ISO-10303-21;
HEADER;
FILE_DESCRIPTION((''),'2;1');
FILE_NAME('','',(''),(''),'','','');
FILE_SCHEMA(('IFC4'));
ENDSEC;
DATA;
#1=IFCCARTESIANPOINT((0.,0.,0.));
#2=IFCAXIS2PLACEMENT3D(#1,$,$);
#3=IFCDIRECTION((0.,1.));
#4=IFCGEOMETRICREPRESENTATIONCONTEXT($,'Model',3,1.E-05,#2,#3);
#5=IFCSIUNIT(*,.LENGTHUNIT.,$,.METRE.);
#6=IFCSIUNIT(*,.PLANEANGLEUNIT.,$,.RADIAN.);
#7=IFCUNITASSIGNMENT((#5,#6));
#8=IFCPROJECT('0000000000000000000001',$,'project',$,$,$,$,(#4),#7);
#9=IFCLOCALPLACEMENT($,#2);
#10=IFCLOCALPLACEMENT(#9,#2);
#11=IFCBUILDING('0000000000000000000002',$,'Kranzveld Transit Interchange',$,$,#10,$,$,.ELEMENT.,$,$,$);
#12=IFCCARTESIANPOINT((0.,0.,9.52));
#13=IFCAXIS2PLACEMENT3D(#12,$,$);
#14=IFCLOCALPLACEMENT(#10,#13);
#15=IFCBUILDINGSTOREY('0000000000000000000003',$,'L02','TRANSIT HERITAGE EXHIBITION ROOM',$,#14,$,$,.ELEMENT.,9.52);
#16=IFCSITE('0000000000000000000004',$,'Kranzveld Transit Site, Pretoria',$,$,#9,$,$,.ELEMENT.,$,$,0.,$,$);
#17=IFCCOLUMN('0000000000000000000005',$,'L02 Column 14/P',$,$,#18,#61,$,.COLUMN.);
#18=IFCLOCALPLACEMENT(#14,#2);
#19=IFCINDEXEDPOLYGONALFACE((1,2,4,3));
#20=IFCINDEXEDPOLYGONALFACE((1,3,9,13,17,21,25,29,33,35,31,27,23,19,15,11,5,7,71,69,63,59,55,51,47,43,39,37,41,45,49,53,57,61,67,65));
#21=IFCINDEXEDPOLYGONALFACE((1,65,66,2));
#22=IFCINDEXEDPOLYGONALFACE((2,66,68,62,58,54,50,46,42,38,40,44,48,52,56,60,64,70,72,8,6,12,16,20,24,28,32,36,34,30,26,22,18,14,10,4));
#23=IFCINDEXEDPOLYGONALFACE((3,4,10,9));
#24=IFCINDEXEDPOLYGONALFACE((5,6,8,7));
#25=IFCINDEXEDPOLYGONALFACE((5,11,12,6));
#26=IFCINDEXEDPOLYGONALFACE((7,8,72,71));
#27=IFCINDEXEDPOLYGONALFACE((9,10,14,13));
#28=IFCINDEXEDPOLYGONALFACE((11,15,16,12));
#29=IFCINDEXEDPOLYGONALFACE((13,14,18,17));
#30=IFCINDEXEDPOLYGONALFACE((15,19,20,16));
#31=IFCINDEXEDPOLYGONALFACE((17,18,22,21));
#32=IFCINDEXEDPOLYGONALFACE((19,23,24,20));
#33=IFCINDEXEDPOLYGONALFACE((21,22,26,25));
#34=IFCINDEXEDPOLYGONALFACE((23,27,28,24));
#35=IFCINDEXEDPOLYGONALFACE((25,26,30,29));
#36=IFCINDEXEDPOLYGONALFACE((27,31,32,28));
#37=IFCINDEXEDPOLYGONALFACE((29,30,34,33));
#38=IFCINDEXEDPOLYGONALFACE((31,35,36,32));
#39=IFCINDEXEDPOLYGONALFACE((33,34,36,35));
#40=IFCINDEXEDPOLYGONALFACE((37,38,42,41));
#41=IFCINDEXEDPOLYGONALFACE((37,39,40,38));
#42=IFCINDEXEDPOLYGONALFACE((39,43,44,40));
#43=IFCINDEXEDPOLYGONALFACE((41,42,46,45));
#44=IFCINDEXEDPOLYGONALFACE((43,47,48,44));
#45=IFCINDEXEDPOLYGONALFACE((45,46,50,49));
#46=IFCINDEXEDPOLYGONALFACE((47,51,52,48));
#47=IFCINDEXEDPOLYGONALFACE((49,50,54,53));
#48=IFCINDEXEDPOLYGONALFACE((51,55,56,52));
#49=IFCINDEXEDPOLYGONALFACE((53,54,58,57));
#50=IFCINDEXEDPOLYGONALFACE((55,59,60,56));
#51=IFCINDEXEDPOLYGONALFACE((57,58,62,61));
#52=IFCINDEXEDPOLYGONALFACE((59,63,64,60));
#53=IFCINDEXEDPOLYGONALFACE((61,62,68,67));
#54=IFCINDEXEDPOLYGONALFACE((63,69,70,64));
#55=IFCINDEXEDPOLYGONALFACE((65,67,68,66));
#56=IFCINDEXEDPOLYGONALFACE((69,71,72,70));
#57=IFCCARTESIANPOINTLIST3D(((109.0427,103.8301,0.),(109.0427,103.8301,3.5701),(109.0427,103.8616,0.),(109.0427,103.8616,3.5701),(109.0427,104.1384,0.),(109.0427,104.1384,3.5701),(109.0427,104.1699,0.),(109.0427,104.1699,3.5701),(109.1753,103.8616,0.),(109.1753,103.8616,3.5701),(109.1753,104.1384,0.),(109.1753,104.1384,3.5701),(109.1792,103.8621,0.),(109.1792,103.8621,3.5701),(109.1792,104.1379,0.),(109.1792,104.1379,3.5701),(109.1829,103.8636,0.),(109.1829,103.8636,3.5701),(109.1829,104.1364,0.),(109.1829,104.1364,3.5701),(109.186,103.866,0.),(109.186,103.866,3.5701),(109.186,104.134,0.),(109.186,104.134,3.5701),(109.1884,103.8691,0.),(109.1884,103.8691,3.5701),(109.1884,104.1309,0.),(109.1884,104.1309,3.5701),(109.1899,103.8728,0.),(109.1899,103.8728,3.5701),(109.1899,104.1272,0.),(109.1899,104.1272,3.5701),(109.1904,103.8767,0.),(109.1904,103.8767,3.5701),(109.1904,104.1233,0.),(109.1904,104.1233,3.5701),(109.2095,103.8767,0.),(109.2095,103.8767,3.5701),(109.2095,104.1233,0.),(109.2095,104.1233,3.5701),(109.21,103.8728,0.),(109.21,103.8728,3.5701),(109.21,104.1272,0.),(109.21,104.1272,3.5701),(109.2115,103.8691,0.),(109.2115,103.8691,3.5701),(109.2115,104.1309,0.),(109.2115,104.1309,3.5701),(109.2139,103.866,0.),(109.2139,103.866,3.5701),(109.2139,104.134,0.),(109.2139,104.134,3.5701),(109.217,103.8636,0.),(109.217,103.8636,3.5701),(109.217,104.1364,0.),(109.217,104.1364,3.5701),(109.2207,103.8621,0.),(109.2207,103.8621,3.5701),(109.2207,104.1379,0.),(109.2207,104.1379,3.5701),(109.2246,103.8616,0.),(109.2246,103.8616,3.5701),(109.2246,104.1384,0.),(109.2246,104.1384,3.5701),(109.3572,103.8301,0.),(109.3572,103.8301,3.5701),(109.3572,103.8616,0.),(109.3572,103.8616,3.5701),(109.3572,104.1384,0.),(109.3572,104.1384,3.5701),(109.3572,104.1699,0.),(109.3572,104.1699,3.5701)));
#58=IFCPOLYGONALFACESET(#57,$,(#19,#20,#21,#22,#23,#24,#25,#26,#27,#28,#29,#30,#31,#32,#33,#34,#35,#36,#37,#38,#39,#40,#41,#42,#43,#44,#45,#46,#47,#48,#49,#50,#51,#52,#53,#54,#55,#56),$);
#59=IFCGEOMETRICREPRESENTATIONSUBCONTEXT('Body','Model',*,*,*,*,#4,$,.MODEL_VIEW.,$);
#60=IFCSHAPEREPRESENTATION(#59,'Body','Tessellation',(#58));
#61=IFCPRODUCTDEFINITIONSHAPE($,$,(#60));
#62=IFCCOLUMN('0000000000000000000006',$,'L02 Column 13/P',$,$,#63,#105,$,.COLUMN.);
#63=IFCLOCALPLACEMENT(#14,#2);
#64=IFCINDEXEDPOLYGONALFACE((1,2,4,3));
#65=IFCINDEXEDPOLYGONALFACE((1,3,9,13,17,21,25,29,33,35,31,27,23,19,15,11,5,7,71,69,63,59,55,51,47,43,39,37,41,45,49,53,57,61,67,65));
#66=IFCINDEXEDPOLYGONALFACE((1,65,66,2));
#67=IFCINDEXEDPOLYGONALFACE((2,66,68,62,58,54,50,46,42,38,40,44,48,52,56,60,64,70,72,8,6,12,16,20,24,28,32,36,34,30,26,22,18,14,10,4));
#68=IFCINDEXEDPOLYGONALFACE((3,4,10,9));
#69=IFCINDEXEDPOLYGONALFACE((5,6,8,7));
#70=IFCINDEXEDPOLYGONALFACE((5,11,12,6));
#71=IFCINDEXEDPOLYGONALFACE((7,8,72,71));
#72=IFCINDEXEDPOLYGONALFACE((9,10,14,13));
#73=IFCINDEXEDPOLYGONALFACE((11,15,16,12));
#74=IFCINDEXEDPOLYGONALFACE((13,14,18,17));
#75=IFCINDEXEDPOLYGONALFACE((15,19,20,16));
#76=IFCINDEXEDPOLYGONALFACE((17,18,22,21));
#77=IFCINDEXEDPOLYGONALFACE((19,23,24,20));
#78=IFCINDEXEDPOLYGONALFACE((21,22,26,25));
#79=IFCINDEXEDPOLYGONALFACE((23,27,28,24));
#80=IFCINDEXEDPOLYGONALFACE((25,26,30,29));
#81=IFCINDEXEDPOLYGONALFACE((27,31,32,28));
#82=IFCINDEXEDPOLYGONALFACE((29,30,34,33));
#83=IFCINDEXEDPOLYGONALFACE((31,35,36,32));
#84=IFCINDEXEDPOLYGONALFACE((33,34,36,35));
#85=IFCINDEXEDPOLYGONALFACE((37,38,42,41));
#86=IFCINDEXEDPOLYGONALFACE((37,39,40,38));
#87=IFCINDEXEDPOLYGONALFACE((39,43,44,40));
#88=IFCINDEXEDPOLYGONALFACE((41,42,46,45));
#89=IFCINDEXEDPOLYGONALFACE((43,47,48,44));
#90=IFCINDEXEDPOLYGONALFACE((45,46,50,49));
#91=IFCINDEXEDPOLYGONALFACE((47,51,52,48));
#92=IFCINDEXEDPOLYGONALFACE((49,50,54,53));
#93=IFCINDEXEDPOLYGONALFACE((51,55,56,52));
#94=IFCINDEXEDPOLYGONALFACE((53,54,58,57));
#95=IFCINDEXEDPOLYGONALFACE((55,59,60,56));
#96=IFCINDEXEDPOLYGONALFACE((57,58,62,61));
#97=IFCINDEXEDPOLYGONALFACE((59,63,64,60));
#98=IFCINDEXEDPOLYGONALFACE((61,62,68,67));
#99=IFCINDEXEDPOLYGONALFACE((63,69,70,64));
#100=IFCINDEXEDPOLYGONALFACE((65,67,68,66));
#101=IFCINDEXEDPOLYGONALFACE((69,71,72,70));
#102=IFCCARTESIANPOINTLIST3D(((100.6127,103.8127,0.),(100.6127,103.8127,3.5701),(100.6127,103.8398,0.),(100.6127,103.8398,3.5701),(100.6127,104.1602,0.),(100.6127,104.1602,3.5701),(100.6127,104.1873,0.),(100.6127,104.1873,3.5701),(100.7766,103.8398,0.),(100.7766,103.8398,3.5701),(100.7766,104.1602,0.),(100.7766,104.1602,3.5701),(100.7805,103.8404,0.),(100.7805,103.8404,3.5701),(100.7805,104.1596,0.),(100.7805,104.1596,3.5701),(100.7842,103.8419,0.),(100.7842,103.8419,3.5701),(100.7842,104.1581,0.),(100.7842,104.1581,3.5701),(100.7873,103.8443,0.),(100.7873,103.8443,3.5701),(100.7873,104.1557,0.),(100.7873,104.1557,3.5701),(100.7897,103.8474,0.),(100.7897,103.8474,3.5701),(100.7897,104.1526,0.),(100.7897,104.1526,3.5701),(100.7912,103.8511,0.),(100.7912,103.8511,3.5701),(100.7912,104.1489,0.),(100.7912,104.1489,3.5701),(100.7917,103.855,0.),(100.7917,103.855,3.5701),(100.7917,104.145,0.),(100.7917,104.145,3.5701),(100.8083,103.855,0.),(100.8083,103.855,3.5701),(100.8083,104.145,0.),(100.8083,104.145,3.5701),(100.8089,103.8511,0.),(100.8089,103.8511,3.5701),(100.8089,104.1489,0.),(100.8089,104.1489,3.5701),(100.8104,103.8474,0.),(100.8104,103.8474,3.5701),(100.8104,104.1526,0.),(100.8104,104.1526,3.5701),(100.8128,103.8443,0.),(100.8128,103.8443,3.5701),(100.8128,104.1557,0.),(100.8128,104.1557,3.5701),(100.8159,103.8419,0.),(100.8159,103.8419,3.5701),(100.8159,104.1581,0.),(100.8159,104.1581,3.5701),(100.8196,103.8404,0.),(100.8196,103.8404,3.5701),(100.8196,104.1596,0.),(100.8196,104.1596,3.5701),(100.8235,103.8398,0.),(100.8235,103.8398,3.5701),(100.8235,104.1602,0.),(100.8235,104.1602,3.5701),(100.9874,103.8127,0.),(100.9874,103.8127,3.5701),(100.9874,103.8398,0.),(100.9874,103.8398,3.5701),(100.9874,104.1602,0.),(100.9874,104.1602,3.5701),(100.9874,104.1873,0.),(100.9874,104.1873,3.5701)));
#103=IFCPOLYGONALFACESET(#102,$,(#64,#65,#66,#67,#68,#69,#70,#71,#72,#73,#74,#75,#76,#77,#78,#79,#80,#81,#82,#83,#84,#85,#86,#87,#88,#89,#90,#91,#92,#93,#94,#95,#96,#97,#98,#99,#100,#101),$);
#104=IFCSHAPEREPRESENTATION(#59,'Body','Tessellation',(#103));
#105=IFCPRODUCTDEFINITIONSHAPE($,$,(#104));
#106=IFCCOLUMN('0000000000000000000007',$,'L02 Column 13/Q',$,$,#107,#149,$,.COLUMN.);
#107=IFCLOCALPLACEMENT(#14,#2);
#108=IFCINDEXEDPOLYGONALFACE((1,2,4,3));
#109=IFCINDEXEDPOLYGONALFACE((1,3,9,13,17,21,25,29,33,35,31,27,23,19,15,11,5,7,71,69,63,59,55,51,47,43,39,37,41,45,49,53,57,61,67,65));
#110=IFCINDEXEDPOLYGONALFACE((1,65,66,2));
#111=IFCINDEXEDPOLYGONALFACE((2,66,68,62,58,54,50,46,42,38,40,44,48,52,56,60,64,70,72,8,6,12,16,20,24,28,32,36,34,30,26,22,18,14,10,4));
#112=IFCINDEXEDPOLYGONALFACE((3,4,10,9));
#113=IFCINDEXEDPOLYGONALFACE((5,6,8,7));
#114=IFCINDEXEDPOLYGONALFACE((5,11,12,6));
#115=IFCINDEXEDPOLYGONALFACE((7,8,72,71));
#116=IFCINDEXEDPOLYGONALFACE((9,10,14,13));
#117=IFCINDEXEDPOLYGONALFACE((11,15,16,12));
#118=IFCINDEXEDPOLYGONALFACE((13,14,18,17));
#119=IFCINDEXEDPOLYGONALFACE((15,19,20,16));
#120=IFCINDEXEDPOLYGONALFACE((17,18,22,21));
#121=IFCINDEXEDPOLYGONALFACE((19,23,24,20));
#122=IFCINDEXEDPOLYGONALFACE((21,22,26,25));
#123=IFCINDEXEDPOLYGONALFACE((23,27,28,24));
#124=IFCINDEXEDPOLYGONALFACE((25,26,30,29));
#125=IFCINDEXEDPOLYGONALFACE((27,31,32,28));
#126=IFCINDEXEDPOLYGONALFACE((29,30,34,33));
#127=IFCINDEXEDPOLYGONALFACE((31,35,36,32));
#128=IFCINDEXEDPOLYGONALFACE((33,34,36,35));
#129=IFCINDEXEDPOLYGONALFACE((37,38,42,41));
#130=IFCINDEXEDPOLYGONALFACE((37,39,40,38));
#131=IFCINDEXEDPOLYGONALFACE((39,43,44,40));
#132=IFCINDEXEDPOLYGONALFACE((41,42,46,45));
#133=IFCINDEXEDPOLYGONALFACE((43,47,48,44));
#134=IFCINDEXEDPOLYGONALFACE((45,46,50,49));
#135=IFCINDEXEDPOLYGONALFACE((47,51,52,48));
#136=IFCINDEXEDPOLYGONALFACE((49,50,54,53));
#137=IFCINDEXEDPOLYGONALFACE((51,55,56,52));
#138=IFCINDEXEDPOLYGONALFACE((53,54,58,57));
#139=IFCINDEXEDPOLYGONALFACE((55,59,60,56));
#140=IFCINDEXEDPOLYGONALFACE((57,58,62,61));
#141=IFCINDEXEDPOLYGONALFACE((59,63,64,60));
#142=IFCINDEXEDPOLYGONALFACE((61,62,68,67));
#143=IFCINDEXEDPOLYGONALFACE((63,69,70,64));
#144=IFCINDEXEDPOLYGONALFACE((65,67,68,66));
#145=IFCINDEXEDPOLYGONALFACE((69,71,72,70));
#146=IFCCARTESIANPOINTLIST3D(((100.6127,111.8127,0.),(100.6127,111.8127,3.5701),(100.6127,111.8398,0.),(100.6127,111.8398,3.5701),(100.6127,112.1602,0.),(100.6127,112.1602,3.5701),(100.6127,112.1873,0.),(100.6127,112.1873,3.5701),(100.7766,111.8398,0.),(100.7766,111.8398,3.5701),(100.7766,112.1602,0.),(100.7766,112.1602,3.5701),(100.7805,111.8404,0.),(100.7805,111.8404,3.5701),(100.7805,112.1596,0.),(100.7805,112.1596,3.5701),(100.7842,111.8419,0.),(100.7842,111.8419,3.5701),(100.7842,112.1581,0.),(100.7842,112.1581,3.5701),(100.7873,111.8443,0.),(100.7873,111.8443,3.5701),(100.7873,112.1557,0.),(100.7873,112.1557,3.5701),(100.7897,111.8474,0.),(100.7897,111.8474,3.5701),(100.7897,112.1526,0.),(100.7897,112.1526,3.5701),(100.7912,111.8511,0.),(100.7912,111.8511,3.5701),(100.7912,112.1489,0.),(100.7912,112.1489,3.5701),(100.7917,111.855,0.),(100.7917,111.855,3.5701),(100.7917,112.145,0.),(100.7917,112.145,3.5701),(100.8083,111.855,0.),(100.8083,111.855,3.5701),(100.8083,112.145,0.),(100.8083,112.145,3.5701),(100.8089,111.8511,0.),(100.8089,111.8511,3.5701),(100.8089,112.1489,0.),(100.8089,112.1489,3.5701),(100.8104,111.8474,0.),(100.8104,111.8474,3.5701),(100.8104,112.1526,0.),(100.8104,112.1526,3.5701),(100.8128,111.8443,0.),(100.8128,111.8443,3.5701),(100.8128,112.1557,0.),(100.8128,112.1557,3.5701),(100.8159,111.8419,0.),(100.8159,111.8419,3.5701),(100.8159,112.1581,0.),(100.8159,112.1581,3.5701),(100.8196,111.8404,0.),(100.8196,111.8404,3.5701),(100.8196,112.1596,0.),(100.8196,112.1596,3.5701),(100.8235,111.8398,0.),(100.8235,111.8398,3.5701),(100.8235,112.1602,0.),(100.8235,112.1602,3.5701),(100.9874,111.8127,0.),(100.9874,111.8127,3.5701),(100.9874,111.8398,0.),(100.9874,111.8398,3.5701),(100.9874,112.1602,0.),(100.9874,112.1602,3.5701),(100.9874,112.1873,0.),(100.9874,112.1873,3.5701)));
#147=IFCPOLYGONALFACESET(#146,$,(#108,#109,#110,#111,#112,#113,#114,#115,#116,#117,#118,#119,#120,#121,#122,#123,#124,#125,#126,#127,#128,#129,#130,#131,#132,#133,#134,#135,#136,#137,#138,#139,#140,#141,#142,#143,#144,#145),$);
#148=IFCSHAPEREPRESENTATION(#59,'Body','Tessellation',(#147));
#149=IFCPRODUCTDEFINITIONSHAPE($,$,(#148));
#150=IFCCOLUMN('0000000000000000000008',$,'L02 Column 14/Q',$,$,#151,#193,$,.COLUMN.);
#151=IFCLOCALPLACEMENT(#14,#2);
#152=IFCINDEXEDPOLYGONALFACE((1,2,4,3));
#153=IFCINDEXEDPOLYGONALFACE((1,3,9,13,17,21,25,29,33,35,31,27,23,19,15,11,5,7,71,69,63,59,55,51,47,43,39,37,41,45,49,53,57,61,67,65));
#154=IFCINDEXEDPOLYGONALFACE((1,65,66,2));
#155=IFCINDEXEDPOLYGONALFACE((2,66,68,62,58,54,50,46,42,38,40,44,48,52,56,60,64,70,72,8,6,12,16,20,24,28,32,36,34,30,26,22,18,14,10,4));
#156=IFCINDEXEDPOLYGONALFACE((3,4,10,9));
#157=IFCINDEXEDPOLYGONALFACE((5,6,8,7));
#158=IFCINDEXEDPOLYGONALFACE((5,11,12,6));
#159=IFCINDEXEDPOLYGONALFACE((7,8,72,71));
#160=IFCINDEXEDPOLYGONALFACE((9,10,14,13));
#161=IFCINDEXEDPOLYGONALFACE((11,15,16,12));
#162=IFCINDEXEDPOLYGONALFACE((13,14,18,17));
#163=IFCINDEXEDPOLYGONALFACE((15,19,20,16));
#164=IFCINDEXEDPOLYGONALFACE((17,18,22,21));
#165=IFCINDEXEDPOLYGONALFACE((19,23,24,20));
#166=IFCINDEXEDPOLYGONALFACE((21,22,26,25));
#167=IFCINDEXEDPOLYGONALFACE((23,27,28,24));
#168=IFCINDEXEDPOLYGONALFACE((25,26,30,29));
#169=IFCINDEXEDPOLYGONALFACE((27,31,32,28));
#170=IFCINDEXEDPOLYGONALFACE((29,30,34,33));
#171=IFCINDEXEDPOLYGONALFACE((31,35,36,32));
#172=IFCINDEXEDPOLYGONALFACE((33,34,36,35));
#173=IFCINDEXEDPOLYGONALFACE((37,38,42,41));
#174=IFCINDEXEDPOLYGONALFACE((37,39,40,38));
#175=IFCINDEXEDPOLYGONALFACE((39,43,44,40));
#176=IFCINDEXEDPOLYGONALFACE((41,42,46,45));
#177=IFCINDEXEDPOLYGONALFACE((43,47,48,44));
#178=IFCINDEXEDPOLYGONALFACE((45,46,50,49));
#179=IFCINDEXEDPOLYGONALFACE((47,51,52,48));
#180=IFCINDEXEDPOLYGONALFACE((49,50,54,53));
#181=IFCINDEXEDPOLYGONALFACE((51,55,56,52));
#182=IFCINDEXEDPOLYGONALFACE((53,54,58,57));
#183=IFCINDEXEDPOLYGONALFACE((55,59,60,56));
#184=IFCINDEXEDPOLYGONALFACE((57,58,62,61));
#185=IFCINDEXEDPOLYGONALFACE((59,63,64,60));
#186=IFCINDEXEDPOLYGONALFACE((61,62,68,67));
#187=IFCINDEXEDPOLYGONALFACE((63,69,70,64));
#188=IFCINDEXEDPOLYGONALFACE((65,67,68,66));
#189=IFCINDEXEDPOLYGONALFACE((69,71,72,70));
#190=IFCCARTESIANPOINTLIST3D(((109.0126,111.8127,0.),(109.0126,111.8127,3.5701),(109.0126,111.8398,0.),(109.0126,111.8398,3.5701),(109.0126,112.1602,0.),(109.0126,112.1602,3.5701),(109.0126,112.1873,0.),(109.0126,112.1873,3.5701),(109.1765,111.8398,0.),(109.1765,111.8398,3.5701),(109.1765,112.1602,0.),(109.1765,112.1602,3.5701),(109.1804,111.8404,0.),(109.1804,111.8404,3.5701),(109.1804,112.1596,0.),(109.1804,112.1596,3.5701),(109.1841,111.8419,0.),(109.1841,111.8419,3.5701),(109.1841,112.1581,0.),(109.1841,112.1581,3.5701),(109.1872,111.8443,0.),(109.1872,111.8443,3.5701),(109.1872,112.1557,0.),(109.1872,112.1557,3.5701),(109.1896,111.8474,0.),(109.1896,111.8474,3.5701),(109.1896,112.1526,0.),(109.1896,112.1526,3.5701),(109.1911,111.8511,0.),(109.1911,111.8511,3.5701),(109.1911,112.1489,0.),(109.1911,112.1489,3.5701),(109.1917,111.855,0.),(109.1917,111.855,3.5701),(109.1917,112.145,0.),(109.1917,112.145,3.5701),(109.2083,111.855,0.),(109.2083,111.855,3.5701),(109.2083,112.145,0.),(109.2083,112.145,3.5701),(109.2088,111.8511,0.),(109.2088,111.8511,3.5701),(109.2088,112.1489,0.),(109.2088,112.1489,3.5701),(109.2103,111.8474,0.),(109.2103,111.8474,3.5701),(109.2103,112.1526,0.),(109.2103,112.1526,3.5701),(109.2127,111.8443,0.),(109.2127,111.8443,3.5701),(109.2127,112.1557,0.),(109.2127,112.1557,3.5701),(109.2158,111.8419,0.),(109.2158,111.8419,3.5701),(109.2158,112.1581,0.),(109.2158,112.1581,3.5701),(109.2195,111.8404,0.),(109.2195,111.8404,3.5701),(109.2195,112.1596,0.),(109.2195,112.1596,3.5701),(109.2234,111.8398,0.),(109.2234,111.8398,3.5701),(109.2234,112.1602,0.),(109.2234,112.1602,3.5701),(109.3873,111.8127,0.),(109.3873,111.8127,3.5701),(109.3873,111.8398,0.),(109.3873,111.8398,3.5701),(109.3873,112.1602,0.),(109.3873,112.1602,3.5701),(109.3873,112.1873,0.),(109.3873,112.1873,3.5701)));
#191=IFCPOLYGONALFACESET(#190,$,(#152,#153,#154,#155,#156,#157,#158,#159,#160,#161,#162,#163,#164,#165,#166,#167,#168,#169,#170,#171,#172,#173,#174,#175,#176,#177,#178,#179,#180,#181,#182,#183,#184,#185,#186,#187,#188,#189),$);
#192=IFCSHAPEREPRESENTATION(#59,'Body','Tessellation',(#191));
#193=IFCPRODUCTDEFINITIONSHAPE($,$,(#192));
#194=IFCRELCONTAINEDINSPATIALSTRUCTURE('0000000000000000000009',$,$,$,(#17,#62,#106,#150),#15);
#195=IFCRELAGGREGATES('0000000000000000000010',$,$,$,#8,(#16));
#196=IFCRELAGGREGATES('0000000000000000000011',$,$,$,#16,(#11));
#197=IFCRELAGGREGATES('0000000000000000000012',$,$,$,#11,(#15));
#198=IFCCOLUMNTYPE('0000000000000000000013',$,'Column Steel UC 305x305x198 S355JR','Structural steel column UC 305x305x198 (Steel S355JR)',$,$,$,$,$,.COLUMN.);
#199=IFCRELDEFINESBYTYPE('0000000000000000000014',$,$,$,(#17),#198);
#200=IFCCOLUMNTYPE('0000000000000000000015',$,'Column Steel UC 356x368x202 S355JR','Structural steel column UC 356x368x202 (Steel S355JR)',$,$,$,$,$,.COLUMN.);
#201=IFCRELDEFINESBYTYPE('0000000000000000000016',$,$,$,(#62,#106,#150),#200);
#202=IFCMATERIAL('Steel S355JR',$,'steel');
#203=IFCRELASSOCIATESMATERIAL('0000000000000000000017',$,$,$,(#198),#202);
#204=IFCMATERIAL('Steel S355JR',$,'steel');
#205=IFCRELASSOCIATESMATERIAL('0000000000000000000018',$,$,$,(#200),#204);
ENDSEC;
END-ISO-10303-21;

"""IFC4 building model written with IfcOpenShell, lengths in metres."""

from ifc_helpers import new_model, si_unit, direction, frame, origin, origin_2d, place, context, subcontext, project, spatial, i_section, extrude, material, material_profile, profile_set, type_object, element, save


model = new_model("IFC4")

# Units and contexts
model_context = context("Model", 3, precision=1e-05, world=origin(), true_north=direction((0.0, 1.0)))
body_context = subcontext(model_context, "Body", "Model", "MODEL_VIEW")
ifc_project = project(units=[si_unit("LENGTHUNIT", "METRE"), si_unit("PLANEANGLEUNIT", "RADIAN")], contexts=[model_context])

# Site, building, storey
site_placement = place(None, origin())
site = spatial("IfcSite", under=ifc_project, at=site_placement, Name="Kranzveld Transit Site, Pretoria", CompositionType="ELEMENT", RefElevation=0.0)
building_placement = place(site_placement, origin())
building = spatial("IfcBuilding", under=site, at=building_placement, Name="Kranzveld Transit Interchange", CompositionType="ELEMENT")
storey_placement = place(building_placement, frame((0.0, 0.0, 9.52)))
storey = spatial("IfcBuildingStorey", under=building, at=storey_placement, Name="L02", Description="TRANSIT HERITAGE EXHIBITION ROOM", CompositionType="ELEMENT", Elevation=9.52)

# Columns
ifc_material_1 = material(Name="Steel S355JR", Category="steel")
ifc_material_profile_1 = material_profile(ifc_material_1, i_section(OverallWidth=0.3145, OverallDepth=0.3398, WebThickness=0.019, FlangeThickness=0.0315, FilletRadius=0.0151, at=origin_2d()), Name="UC 305x305x198")
ifc_profile_set_1 = profile_set([ifc_material_profile_1], Name="Steel S355JR")
column_type_1 = type_object("IfcColumnType", Name="Column Steel UC 305x305x198 S355JR", Description="Structural steel column UC 305x305x198 (Steel S355JR)", PredefinedType="COLUMN", material=ifc_profile_set_1)
column_placement = place(storey_placement, frame((109.2, 104.0, 0.0), z_axis=(0.0, 0.0, 1.0), x_axis=(1.0, 0.0, 0.0)))
element("IfcColumn", 1, at=column_placement, inside=storey, type_object=column_type_1, Name="L02 Column 14/P", PredefinedType="COLUMN", context=body_context, shape_type="SweptSolid", body=[
    extrude(i_section(OverallWidth=0.3145, OverallDepth=0.3398, WebThickness=0.019, FlangeThickness=0.0315, FilletRadius=0.0151, at=origin_2d()), origin(), (0.0, 0.0, 1.0), 3.5701),
])
ifc_material_2 = material(Name="Steel S355JR", Category="steel")
ifc_material_profile_2 = material_profile(ifc_material_2, i_section(OverallWidth=0.3748, OverallDepth=0.3745, WebThickness=0.0166, FlangeThickness=0.0271, FilletRadius=0.0151, at=origin_2d()), Name="UC 356x368x202")
ifc_profile_set_2 = profile_set([ifc_material_profile_2], Name="Steel S355JR")
column_type_2 = type_object("IfcColumnType", Name="Column Steel UC 356x368x202 S355JR", Description="Structural steel column UC 356x368x202 (Steel S355JR)", PredefinedType="COLUMN", material=ifc_profile_set_2)
for number, where, z_axis, x_axis, name in (
    (2, (100.8, 104.0, 0.0), (0.0, 0.0, 1.0), (1.0, 0.0, 0.0), "L02 Column 13/P"),
    (3, (100.8, 112.0, 0.0), (0.0, 0.0, 1.0), (1.0, 0.0, 0.0), "L02 Column 13/Q"),
    (4, (109.2, 112.0, 0.0), (0.0, 0.0, 1.0), (1.0, 0.0, 0.0), "L02 Column 14/Q"),
):
    element("IfcColumn", number, at=place(storey_placement, frame(where, z_axis=z_axis, x_axis=x_axis)), inside=storey, type_object=column_type_2, Name=name, PredefinedType="COLUMN", context=body_context, shape_type="SweptSolid", body=[
        extrude(i_section(OverallWidth=0.3748, OverallDepth=0.3745, WebThickness=0.0166, FlangeThickness=0.0271, FilletRadius=0.0151, at=origin_2d()), origin(), (0.0, 0.0, 1.0), 3.5701),
    ])

save(model, "model.ifc")
